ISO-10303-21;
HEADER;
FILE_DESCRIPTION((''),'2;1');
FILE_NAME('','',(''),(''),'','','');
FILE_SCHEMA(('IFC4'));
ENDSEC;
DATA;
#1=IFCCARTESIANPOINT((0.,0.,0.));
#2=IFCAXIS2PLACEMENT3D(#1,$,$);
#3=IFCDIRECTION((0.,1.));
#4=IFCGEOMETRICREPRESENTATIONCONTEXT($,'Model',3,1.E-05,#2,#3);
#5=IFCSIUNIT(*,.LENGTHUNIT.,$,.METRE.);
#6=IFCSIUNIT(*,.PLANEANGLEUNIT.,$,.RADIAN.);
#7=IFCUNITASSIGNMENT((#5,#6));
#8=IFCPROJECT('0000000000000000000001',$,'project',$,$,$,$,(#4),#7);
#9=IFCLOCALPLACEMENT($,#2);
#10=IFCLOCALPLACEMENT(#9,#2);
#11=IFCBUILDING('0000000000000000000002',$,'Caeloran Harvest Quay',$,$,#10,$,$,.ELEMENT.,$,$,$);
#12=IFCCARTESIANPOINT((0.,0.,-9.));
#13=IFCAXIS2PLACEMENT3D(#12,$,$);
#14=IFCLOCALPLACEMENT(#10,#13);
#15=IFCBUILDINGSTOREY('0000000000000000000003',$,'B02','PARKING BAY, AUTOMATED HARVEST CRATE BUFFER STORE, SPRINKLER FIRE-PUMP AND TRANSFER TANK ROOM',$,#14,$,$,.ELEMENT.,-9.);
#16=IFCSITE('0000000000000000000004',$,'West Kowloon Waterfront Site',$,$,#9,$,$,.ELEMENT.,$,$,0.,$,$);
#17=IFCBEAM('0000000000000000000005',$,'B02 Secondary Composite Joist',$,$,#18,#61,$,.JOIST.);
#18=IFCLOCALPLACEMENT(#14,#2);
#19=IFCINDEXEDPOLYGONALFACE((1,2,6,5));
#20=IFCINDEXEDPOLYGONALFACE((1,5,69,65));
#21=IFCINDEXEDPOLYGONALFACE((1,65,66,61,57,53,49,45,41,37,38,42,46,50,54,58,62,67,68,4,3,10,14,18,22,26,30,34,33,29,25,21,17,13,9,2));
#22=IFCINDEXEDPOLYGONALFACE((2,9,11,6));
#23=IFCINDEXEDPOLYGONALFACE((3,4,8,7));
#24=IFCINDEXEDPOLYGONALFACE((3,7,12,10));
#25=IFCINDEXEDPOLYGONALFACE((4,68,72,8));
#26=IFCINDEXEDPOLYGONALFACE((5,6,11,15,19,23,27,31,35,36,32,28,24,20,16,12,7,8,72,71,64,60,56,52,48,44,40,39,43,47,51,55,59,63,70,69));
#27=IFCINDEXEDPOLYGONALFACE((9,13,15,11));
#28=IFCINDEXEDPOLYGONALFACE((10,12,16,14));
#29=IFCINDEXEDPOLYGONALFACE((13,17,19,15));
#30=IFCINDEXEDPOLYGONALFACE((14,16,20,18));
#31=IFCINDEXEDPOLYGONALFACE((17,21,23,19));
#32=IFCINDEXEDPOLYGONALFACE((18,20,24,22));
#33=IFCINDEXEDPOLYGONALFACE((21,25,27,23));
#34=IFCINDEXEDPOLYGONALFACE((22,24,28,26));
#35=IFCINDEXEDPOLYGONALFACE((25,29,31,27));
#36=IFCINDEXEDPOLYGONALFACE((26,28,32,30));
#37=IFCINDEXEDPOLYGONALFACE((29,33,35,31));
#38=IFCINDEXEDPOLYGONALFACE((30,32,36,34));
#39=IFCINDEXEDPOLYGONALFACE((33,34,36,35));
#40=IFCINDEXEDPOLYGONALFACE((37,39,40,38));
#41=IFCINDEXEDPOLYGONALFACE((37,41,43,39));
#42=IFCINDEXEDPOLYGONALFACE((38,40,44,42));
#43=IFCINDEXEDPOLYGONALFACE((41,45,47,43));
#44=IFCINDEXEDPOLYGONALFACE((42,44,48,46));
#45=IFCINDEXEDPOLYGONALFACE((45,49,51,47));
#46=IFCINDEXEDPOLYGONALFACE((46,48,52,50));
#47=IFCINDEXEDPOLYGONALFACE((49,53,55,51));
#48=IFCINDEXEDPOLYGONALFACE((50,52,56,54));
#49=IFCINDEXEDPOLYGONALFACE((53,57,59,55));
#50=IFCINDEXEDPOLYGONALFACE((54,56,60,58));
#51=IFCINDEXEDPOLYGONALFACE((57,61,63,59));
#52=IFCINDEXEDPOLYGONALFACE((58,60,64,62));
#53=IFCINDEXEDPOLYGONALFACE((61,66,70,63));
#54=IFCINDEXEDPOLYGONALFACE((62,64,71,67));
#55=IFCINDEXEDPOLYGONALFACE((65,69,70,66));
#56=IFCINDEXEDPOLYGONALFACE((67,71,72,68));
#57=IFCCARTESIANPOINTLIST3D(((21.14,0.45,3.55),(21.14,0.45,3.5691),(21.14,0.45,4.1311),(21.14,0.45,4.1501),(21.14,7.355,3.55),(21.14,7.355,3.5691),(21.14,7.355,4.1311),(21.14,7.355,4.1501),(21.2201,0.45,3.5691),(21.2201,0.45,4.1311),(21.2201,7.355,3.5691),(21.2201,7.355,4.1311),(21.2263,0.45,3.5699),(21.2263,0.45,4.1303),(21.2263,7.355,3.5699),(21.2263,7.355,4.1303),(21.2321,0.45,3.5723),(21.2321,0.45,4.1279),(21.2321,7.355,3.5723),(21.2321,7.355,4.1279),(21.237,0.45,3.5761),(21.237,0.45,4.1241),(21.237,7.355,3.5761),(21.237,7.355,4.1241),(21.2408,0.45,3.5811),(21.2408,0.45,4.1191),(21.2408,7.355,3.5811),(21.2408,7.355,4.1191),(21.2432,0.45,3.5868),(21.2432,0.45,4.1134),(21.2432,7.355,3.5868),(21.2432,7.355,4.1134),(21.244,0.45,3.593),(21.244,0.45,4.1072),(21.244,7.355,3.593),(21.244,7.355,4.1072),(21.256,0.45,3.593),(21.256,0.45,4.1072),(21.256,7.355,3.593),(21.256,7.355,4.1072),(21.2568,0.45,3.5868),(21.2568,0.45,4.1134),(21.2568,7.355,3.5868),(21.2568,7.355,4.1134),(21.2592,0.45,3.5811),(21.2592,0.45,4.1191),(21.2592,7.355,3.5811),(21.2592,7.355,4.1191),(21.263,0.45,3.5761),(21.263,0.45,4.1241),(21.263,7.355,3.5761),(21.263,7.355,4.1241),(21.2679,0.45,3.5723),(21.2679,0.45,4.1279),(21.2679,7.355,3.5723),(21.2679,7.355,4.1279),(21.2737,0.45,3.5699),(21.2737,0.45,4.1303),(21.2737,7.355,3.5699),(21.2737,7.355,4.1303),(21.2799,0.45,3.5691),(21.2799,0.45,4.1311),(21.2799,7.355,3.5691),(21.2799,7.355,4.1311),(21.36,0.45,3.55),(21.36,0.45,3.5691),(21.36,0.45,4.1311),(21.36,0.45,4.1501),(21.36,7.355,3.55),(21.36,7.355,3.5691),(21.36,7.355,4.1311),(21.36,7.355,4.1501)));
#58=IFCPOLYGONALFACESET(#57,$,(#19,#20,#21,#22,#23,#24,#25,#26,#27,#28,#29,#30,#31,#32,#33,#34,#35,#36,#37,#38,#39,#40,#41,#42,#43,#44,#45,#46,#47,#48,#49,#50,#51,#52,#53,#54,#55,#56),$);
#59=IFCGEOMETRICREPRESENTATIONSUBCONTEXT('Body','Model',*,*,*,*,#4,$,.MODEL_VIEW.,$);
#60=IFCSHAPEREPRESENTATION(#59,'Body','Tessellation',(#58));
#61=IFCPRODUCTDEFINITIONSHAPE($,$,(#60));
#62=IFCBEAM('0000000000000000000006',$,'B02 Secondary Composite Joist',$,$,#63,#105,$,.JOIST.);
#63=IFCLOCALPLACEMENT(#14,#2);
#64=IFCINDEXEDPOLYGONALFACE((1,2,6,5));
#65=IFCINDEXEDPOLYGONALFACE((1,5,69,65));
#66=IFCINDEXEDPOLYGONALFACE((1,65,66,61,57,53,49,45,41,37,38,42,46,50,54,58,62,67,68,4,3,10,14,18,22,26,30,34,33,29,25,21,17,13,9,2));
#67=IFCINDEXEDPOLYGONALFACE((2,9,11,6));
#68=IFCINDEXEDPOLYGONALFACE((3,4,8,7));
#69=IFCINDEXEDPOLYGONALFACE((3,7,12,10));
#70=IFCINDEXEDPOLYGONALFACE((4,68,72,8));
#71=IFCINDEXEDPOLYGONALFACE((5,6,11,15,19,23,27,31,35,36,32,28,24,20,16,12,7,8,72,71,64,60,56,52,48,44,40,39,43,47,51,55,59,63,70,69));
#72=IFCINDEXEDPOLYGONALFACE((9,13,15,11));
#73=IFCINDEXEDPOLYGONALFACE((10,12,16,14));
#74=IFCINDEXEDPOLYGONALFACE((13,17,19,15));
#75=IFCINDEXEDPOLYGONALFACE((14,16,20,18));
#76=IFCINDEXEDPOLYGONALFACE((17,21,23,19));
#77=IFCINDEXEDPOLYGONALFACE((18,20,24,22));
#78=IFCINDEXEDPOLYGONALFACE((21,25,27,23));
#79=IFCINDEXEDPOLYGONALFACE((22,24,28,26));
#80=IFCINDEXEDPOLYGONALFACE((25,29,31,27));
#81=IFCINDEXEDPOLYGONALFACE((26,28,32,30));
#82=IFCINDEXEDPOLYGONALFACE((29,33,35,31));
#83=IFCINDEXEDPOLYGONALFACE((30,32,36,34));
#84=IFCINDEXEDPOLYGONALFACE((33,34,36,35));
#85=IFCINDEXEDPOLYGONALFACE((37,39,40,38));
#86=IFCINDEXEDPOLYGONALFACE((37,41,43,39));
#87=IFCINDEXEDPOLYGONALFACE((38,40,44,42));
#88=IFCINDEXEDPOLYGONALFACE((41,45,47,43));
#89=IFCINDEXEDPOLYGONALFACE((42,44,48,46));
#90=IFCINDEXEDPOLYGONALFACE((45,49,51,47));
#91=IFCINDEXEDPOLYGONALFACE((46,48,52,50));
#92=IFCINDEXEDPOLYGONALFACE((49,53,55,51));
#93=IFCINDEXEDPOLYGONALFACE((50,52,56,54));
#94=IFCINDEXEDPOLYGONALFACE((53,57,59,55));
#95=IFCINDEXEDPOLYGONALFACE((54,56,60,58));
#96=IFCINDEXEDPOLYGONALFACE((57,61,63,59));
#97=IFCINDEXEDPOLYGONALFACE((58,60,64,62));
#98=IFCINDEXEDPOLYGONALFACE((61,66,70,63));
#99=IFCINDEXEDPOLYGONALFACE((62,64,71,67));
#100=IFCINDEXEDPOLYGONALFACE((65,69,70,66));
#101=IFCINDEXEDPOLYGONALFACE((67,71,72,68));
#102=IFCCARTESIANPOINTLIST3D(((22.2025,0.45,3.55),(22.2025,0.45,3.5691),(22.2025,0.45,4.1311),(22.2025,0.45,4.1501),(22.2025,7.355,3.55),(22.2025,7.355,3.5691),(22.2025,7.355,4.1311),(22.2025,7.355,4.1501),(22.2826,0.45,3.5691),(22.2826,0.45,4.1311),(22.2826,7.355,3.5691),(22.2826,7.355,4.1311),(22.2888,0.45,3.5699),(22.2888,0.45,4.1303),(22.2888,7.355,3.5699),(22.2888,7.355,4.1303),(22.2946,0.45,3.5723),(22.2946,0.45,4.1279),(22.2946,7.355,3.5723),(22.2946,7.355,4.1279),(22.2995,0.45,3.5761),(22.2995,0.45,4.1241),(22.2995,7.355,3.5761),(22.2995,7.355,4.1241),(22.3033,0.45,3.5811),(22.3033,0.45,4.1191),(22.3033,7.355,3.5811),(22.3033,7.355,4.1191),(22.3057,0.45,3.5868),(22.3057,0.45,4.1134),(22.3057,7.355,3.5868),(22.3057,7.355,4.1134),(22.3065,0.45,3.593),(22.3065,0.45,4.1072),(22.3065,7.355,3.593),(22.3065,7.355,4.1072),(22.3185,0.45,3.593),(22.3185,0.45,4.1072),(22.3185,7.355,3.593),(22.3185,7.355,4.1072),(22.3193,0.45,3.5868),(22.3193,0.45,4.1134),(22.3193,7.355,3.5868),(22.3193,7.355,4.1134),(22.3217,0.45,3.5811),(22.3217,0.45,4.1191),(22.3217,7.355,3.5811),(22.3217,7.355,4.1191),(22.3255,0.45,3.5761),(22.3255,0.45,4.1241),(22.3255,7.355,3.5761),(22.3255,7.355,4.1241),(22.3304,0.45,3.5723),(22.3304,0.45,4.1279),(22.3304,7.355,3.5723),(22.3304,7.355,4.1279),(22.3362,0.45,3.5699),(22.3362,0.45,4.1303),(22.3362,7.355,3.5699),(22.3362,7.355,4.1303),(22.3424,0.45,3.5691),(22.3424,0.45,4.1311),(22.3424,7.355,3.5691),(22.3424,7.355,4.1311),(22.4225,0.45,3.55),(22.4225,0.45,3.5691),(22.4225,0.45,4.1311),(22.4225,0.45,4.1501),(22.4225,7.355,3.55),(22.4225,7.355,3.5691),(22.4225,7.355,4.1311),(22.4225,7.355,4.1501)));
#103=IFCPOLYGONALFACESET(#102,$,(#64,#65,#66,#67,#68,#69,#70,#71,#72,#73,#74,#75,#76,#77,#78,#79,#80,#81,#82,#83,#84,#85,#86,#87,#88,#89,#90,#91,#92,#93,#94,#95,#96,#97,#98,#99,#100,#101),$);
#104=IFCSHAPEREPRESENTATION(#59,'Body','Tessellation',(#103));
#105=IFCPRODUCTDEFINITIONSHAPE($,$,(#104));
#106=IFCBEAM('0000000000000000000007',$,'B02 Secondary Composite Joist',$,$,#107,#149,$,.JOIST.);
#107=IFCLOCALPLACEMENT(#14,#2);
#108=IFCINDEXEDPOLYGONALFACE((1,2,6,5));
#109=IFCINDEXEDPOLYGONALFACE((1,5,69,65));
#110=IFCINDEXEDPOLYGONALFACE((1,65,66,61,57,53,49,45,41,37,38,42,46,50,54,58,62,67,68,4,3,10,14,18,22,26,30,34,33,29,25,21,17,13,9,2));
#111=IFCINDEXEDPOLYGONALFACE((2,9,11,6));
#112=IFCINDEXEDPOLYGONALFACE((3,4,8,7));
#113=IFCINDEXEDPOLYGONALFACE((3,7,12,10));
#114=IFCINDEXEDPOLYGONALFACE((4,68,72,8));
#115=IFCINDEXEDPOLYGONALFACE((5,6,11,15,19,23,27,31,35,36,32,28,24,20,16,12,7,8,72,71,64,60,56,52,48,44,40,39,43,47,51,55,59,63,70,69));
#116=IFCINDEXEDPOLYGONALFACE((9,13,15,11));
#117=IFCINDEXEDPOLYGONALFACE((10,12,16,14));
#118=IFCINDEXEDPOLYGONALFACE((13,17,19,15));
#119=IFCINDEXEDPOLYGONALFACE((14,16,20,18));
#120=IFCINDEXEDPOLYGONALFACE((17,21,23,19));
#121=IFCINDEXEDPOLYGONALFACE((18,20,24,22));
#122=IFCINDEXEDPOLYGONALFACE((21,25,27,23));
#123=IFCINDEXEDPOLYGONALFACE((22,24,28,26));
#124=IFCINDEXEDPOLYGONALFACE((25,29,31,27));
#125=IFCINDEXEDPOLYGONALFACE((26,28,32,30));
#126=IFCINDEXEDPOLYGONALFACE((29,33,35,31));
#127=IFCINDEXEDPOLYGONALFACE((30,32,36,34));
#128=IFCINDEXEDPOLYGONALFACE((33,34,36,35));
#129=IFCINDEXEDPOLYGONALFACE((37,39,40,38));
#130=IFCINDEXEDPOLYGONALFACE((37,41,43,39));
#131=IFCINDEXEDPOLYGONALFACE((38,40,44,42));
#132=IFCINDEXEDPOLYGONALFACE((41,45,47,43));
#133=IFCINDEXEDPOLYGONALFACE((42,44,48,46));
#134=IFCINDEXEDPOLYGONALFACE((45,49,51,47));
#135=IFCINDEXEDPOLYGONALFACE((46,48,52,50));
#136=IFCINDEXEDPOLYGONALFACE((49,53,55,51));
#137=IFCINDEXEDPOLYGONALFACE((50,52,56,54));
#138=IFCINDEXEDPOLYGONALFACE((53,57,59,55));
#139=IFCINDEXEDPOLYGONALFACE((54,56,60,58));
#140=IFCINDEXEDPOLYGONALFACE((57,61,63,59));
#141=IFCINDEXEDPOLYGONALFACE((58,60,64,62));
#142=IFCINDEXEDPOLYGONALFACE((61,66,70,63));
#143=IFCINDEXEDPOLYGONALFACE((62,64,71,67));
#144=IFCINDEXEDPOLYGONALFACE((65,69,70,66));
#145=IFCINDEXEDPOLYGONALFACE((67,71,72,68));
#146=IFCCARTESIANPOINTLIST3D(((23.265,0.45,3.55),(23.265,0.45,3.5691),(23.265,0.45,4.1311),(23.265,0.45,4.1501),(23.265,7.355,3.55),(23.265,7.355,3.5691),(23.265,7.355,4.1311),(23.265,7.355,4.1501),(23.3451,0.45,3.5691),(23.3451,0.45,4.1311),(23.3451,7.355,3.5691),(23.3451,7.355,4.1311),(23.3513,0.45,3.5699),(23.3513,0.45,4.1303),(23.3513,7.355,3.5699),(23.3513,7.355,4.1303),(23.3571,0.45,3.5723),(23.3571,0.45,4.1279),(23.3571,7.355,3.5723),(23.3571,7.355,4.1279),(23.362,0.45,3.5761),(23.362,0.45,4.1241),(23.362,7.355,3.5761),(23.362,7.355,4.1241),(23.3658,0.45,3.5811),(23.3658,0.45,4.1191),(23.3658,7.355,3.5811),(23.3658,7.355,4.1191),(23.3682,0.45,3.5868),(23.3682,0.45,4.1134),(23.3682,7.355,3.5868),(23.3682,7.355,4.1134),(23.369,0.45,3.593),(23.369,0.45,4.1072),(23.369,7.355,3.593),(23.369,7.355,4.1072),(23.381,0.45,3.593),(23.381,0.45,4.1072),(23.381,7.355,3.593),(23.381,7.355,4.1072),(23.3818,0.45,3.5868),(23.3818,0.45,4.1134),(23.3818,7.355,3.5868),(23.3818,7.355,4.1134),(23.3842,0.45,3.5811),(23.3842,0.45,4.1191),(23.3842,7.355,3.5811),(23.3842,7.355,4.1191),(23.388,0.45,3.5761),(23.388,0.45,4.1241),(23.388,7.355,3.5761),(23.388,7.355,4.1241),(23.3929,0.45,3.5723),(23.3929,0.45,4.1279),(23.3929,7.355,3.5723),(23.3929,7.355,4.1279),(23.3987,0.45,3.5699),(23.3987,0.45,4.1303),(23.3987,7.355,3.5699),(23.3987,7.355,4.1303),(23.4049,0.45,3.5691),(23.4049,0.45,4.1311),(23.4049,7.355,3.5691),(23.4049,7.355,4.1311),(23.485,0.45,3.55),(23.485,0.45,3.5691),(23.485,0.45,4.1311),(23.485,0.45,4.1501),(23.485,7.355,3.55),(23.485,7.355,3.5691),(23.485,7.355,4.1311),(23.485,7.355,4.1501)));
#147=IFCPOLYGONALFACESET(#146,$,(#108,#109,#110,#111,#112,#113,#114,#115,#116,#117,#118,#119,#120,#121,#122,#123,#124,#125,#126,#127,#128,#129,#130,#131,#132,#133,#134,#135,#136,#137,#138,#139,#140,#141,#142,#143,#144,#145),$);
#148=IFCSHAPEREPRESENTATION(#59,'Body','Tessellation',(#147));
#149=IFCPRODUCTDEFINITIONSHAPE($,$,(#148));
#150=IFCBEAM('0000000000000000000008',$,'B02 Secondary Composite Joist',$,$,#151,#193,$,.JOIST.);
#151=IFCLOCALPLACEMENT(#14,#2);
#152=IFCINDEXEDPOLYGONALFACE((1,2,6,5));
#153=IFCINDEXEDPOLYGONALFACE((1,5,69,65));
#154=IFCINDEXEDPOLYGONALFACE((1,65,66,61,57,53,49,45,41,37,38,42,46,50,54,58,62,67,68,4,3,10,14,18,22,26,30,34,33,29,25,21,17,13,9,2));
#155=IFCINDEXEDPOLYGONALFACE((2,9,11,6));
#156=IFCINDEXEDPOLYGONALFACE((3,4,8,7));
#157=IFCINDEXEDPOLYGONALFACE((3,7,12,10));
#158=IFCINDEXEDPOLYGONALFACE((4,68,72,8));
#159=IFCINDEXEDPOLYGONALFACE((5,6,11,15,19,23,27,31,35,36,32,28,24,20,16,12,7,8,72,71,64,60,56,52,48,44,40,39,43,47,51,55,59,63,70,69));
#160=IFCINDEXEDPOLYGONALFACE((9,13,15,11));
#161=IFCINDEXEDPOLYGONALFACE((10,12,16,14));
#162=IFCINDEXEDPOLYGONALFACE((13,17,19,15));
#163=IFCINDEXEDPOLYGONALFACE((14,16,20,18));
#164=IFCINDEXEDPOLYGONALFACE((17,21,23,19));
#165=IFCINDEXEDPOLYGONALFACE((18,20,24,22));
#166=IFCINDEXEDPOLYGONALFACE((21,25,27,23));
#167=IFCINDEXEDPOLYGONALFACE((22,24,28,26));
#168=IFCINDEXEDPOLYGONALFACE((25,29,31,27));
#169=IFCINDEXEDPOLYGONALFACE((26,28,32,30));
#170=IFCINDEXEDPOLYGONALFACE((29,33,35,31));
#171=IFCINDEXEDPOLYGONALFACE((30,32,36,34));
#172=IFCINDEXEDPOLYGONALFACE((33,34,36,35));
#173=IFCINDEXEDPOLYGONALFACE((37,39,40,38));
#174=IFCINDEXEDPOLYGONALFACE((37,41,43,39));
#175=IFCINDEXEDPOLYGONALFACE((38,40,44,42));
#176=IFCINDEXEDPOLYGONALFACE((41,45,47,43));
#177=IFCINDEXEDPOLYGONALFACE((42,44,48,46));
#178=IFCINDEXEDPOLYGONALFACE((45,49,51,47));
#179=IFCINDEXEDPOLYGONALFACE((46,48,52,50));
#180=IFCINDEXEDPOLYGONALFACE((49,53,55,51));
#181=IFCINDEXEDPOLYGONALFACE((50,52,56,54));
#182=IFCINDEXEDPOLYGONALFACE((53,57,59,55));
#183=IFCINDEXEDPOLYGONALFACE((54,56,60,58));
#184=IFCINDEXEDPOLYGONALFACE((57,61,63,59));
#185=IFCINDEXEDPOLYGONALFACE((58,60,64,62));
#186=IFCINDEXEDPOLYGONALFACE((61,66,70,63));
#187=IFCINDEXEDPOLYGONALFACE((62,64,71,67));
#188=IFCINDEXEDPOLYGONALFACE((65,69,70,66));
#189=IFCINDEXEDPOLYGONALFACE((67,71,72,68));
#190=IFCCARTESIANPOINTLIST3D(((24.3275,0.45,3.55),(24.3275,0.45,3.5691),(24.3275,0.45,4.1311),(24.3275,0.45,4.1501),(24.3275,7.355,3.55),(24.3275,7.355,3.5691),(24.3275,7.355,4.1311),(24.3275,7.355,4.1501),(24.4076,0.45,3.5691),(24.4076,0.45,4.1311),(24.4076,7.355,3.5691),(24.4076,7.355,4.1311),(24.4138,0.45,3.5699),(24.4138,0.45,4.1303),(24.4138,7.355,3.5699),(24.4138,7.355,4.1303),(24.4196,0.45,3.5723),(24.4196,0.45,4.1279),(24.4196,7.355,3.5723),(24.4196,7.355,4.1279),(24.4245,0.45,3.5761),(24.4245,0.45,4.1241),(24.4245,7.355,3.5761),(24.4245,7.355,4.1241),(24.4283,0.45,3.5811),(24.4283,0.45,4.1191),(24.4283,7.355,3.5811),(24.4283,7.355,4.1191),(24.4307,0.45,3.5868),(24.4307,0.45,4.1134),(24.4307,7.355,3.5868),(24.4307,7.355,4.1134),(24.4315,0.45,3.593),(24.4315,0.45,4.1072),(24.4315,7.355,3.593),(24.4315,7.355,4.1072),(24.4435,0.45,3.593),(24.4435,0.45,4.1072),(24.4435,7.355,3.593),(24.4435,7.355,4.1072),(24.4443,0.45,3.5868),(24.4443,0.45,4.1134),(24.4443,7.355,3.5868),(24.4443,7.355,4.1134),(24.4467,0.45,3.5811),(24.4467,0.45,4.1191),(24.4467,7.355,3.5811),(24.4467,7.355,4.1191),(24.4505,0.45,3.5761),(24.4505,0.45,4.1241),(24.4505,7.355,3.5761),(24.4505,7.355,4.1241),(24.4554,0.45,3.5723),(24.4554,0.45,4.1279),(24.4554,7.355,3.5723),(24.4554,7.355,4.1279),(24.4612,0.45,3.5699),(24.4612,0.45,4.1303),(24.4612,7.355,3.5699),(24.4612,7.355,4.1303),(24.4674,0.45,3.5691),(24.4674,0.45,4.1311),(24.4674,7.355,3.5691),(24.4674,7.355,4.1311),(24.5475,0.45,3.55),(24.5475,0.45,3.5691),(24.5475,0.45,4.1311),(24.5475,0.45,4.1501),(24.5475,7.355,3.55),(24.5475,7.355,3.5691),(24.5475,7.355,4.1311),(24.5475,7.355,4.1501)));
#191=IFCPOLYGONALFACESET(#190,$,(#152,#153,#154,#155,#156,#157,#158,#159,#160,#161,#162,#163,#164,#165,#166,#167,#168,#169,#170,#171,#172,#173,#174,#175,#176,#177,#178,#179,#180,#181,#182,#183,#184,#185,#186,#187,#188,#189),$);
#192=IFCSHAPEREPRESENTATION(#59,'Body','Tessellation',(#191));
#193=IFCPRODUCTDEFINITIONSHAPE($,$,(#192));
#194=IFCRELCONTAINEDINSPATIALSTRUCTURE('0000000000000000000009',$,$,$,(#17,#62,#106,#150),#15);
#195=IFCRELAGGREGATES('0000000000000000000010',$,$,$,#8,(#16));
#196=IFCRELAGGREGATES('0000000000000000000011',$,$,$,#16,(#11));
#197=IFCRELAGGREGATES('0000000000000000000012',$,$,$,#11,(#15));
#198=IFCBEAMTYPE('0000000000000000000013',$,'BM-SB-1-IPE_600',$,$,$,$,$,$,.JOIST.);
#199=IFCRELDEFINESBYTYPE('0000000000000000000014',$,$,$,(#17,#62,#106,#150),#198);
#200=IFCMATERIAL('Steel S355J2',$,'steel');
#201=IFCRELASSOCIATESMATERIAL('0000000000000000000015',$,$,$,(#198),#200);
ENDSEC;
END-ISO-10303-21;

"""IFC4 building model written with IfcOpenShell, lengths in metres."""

from ifc_helpers import new_model, si_unit, direction, frame, origin, origin_2d, place, context, subcontext, project, spatial, i_section, extrude, material, material_profile, profile_set, type_object, element, save


model = new_model("IFC4")

# Units and contexts
model_context = context("Model", 3, precision=1e-05, world=origin(), true_north=direction((0.0, 1.0)))
body_context = subcontext(model_context, "Body", "Model", "MODEL_VIEW")
ifc_project = project(units=[si_unit("LENGTHUNIT", "METRE"), si_unit("PLANEANGLEUNIT", "RADIAN")], contexts=[model_context])

# Site, building, storey
site_placement = place(None, origin())
site = spatial("IfcSite", under=ifc_project, at=site_placement, Name="West Kowloon Waterfront Site", CompositionType="ELEMENT", RefElevation=0.0)
building_placement = place(site_placement, origin())
building = spatial("IfcBuilding", under=site, at=building_placement, Name="Caeloran Harvest Quay", CompositionType="ELEMENT")
storey_placement = place(building_placement, frame((0.0, 0.0, -9.0)))
storey = spatial("IfcBuildingStorey", under=building, at=storey_placement, Name="B02", Description="PARKING BAY, AUTOMATED HARVEST CRATE BUFFER STORE, SPRINKLER FIRE-PUMP AND TRANSFER TANK ROOM", CompositionType="ELEMENT", Elevation=-9.0)

# Beams
ifc_material_1 = material(Name="Steel S355J2", Category="steel")
ifc_material_profile_1 = material_profile(ifc_material_1, i_section(OverallWidth=0.22, OverallDepth=0.6001, WebThickness=0.012, FlangeThickness=0.019, FilletRadius=0.0239, at=origin_2d()), Name="IPE 600")
ifc_profile_set_1 = profile_set([ifc_material_profile_1], Name="Steel S355J2")
beam_type_1 = type_object("IfcBeamType", Name="BM-SB-1-IPE_600", PredefinedType="JOIST", material=ifc_profile_set_1)
for number, where, z_axis, x_axis, name in (
    (1, (21.25, 0.45, 3.8501), (0.0, 1.0, 0.0), (-1.0, 0.0, 0.0), "B02 Secondary Composite Joist"),
    (2, (22.3125, 0.45, 3.8501), (0.0, 1.0, 0.0), (-1.0, 0.0, 0.0), "B02 Secondary Composite Joist"),
    (3, (23.375, 0.45, 3.8501), (0.0, 1.0, 0.0), (-1.0, 0.0, 0.0), "B02 Secondary Composite Joist"),
    (4, (24.4375, 0.45, 3.8501), (0.0, 1.0, 0.0), (-1.0, 0.0, 0.0), "B02 Secondary Composite Joist"),
):
    element("IfcBeam", number, at=place(storey_placement, frame(where, z_axis=z_axis, x_axis=x_axis)), inside=storey, type_object=beam_type_1, Name=name, PredefinedType="JOIST", context=body_context, shape_type="SweptSolid", body=[
        extrude(i_section(OverallWidth=0.22, OverallDepth=0.6001, WebThickness=0.012, FlangeThickness=0.019, FilletRadius=0.0239, at=origin_2d()), origin(), (0.0, 0.0, 1.0), 6.905),
    ])

save(model, "model.ifc")
